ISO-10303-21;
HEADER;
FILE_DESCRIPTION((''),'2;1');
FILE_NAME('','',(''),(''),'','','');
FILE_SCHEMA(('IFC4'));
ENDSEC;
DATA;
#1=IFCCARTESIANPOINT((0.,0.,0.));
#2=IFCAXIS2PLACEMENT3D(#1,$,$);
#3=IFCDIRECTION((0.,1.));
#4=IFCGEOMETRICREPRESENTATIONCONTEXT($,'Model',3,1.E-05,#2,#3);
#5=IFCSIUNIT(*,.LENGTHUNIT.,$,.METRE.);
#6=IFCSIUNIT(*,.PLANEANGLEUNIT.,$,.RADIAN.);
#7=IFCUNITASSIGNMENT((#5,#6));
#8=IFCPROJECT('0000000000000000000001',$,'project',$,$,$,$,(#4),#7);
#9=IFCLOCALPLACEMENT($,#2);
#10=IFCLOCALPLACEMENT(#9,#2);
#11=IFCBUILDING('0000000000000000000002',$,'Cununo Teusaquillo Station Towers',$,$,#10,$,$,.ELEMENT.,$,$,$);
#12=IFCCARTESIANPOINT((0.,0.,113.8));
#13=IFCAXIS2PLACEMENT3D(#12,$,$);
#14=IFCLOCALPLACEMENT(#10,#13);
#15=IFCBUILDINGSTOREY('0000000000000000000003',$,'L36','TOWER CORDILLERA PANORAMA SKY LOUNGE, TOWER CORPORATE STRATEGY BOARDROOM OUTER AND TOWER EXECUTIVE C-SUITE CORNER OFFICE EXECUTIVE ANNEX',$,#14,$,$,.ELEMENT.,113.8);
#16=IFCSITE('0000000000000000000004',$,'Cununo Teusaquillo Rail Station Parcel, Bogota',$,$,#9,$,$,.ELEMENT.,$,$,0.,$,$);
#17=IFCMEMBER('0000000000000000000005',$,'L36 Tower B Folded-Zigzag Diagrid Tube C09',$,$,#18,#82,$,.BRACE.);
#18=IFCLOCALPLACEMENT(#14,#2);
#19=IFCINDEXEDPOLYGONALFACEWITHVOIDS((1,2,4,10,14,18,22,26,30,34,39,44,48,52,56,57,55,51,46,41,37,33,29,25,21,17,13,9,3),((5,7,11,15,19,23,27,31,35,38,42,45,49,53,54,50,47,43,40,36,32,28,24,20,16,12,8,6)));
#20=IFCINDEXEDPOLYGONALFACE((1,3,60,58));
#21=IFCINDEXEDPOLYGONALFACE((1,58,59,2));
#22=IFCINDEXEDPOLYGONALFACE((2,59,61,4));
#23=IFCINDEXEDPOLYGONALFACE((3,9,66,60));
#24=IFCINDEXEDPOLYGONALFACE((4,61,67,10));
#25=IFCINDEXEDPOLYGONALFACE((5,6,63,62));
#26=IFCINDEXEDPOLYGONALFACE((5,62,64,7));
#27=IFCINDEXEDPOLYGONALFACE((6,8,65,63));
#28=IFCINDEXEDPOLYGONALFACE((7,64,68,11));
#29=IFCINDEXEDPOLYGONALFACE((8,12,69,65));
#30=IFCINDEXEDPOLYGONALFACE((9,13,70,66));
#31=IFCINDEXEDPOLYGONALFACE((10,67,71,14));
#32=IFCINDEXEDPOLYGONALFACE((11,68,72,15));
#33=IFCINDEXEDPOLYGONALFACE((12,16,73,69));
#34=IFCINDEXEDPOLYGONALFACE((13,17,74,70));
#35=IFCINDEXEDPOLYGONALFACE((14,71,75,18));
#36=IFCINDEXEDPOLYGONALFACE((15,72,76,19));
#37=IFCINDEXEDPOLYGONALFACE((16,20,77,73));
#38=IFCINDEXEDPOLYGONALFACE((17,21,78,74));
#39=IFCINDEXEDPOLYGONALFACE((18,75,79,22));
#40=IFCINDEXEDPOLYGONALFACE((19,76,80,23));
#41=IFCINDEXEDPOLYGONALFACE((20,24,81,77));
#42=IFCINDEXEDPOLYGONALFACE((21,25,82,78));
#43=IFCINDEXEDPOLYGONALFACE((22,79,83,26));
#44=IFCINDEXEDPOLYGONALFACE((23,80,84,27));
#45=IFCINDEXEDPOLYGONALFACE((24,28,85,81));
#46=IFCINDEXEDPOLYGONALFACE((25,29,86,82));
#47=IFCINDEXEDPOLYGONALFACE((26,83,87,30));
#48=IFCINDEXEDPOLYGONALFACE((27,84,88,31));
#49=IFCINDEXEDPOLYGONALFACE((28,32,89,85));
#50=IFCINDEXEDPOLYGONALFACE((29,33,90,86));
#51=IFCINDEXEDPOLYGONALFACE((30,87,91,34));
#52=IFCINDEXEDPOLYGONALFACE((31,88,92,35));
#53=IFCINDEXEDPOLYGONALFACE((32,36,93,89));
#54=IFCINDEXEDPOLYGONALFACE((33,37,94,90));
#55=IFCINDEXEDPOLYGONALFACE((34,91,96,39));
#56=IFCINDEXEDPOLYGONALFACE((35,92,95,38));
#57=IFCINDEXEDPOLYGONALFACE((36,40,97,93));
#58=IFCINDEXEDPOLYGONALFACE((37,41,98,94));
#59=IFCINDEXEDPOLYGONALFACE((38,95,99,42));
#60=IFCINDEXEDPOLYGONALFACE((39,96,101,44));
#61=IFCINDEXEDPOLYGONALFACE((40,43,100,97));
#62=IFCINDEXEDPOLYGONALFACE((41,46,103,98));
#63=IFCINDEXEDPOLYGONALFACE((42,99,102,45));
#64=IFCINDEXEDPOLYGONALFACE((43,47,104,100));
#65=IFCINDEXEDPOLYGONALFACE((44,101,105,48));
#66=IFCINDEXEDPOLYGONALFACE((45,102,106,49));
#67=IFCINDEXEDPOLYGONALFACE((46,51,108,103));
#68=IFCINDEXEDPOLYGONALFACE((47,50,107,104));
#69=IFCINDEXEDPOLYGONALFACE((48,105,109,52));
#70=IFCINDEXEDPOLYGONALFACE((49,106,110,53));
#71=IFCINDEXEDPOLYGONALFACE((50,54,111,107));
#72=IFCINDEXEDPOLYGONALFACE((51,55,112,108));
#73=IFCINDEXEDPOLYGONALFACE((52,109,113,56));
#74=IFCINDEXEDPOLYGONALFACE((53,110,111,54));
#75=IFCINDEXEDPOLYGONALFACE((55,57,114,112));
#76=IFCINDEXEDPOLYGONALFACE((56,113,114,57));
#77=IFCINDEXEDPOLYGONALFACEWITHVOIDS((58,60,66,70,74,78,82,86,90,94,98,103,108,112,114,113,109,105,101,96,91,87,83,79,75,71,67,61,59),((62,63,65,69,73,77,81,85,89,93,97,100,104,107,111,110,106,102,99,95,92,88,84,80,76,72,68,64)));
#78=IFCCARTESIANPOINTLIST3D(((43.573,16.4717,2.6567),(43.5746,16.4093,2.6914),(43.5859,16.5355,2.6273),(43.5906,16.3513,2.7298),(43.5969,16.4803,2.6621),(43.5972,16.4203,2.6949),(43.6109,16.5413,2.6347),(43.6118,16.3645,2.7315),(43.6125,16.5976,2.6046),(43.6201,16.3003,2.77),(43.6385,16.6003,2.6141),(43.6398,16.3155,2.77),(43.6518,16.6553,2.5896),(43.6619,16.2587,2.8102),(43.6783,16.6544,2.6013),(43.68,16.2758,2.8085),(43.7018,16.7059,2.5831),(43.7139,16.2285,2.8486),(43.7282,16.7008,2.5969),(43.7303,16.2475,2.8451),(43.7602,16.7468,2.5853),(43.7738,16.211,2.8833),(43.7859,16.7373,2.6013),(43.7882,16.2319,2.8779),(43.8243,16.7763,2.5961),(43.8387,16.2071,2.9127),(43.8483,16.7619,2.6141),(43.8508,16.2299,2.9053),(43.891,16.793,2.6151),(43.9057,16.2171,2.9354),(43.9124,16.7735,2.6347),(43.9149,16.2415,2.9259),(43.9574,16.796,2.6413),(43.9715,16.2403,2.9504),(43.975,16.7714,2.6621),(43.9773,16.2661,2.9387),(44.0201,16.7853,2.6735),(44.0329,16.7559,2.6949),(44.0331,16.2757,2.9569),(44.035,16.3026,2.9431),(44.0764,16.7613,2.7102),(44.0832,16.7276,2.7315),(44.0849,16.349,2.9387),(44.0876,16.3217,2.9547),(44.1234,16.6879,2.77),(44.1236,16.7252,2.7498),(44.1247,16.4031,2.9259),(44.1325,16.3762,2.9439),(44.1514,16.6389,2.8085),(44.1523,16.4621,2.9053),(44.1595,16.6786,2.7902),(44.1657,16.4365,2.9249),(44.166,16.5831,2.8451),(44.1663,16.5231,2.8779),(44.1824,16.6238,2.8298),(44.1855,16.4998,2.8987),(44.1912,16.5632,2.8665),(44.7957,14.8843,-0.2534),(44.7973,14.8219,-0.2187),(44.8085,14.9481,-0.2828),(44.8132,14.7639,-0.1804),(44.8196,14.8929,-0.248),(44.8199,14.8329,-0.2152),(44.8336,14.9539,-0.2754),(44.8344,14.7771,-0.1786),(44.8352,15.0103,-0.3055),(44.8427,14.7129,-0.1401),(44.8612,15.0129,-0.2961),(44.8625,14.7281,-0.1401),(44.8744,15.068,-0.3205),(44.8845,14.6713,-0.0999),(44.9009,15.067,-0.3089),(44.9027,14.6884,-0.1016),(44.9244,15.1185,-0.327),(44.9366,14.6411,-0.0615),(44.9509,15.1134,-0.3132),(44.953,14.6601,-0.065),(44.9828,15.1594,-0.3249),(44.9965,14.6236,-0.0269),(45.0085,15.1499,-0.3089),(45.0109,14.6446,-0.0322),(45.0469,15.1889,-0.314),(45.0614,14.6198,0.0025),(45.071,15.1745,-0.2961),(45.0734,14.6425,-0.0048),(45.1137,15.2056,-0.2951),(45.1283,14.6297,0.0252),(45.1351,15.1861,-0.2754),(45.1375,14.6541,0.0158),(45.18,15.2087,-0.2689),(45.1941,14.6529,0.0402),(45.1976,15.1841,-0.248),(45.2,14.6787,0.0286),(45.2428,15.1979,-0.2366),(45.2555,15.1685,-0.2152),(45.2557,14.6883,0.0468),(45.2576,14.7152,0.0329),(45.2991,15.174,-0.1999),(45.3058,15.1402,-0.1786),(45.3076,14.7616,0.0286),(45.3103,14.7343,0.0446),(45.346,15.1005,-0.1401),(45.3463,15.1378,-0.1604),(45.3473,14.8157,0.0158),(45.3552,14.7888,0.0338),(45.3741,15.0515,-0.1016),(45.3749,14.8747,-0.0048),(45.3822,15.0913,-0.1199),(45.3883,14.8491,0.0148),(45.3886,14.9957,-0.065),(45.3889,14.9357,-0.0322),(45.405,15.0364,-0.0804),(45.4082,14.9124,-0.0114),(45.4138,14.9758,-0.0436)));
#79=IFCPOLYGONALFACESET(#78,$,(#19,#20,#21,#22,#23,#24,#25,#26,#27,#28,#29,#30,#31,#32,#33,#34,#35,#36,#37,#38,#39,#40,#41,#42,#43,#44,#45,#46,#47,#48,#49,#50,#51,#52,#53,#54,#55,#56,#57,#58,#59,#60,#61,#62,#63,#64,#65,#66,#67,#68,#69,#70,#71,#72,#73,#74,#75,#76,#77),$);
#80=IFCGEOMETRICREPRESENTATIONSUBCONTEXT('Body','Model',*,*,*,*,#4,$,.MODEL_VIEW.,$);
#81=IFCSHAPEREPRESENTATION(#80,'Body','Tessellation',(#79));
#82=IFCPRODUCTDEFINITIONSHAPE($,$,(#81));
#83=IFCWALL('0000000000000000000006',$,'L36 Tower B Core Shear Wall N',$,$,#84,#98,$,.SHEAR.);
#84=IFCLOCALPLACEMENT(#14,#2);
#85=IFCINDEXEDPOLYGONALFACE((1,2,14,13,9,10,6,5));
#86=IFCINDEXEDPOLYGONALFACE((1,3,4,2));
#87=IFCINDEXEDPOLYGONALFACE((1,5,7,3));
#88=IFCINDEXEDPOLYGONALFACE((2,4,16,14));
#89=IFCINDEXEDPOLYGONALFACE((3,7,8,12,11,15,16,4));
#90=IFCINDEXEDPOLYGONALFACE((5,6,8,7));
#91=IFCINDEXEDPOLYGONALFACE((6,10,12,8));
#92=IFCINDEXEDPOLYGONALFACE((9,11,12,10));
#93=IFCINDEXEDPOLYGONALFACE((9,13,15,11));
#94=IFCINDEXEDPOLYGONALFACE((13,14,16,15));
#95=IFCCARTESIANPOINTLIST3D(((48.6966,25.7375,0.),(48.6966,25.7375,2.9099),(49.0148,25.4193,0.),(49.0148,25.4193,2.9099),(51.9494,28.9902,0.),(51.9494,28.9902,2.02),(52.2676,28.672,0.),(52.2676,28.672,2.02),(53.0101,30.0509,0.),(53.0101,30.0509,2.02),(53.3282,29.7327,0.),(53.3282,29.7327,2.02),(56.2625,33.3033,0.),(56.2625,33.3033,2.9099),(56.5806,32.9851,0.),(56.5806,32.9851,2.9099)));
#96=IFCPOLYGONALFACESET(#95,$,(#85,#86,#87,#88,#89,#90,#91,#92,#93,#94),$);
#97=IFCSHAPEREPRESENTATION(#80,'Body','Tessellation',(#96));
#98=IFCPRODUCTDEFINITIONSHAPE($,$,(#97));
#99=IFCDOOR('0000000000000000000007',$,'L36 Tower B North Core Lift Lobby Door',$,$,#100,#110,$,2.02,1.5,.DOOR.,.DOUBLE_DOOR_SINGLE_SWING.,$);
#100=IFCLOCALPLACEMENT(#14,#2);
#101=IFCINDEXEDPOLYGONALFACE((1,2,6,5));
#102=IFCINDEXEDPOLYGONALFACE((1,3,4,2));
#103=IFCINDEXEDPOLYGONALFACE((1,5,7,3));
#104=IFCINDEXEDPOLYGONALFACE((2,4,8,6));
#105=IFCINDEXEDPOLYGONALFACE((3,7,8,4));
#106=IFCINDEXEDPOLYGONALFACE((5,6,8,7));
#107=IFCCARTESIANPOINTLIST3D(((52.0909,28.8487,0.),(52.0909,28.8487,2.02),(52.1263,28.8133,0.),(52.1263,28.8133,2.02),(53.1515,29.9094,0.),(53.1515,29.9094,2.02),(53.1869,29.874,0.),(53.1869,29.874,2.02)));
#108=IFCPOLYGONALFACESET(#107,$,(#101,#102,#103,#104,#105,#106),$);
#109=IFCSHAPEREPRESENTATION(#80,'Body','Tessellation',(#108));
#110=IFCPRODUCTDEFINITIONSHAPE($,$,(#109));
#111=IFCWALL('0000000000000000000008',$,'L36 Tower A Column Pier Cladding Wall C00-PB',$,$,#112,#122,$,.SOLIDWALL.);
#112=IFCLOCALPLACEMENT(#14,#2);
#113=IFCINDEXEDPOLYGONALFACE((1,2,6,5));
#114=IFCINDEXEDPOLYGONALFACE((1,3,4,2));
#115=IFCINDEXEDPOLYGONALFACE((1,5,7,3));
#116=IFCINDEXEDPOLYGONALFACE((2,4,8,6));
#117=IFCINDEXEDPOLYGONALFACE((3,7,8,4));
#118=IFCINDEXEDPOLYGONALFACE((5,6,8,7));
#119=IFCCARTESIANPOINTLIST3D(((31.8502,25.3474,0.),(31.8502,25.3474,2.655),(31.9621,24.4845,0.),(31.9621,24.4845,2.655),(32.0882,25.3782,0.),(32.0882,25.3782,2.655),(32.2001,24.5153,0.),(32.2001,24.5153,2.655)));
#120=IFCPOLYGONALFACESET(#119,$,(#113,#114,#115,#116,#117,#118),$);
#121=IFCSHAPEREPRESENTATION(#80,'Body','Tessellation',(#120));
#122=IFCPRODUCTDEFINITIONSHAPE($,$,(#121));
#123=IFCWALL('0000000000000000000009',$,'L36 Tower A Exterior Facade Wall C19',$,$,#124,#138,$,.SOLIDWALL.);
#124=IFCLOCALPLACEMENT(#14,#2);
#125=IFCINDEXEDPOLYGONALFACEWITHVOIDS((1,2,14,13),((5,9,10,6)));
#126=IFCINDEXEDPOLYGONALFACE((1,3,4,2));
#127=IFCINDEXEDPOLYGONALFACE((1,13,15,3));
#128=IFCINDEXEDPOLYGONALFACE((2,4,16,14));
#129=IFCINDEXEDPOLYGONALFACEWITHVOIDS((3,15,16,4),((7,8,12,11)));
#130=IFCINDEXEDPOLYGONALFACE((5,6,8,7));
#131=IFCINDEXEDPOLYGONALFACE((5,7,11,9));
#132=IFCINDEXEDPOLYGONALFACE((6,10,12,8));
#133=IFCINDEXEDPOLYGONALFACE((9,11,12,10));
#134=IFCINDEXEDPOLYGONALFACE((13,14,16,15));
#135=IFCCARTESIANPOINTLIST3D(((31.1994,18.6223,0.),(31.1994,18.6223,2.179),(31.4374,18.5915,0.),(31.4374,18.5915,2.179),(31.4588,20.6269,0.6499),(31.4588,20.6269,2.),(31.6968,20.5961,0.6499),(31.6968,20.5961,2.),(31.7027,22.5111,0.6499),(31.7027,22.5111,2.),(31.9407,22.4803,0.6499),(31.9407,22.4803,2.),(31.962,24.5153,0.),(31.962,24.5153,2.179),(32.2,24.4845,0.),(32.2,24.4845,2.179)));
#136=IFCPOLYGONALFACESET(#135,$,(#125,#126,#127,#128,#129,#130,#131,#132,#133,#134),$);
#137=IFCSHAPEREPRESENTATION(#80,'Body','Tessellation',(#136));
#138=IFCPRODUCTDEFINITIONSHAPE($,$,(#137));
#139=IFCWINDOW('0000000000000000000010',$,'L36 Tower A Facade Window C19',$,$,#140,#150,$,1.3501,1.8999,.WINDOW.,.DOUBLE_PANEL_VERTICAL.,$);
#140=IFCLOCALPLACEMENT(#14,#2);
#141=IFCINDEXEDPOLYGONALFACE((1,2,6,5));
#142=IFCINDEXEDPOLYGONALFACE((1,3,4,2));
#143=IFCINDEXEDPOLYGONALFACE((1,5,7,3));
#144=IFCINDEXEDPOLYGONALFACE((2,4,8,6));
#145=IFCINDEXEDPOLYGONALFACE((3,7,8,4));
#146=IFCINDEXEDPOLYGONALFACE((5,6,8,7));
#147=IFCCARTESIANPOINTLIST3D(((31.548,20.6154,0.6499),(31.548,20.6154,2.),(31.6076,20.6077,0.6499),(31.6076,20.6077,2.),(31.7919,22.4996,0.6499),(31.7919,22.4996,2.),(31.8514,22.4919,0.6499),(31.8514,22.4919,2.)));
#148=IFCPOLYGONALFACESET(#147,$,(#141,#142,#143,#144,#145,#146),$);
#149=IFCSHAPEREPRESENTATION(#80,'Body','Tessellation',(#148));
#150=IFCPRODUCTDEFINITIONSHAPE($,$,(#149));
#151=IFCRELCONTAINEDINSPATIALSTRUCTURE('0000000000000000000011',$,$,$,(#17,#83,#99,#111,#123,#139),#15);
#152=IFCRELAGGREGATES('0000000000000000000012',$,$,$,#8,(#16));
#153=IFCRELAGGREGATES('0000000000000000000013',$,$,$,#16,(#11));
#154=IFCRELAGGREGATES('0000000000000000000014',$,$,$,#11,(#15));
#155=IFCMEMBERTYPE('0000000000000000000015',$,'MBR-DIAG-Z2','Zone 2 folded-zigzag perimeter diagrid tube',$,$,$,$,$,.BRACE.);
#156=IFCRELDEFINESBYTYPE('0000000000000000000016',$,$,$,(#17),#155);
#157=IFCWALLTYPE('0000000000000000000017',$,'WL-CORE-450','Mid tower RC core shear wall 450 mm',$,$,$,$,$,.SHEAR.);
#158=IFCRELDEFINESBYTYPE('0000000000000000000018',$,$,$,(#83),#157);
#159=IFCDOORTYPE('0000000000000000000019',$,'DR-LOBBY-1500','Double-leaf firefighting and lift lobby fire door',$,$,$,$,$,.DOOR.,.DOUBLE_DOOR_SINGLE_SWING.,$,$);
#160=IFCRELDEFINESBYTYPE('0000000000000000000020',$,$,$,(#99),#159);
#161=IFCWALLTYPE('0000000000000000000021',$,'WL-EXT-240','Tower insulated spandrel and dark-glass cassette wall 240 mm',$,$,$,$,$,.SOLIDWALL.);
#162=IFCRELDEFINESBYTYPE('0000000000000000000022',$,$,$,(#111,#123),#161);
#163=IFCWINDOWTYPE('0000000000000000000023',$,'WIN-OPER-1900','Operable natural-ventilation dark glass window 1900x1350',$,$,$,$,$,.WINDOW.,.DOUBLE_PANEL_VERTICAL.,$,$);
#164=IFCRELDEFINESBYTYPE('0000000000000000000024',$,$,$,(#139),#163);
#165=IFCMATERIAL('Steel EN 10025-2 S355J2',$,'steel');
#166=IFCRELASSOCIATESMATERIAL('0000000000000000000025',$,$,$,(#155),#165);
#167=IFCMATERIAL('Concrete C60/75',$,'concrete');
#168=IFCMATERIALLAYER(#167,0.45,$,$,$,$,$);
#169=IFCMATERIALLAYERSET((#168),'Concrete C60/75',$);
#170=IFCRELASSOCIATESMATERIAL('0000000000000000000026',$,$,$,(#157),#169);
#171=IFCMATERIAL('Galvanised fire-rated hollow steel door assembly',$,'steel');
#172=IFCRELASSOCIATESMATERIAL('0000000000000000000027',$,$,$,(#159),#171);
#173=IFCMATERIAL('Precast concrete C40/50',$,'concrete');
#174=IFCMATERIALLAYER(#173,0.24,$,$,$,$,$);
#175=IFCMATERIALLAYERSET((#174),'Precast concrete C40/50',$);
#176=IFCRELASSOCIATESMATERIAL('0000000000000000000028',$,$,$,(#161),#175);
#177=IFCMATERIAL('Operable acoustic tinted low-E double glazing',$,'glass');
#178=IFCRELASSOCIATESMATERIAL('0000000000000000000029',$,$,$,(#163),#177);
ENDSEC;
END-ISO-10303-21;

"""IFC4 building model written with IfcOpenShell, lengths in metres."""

from ifc_helpers import new_model, si_unit, direction, frame, frame_2d, origin, origin_2d, place, context, subcontext, project, spatial, rectangle, hollow_circle, extrude, source, transform, mapped, material, layer, layer_set, material_profile, profile_set, type_object, element, fill, save


model = new_model("IFC4")

# Units and contexts
model_context = context("Model", 3, precision=1e-05, world=origin(), true_north=direction((0.0, 1.0)))
body_context = subcontext(model_context, "Body", "Model", "MODEL_VIEW")
ifc_project = project(units=[si_unit("LENGTHUNIT", "METRE"), si_unit("PLANEANGLEUNIT", "RADIAN")], contexts=[model_context])

# Site, building, storey
site_placement = place(None, origin())
site = spatial("IfcSite", under=ifc_project, at=site_placement, Name="Cununo Teusaquillo Rail Station Parcel, Bogota", CompositionType="ELEMENT", RefElevation=0.0)
building_placement = place(site_placement, origin())
building = spatial("IfcBuilding", under=site, at=building_placement, Name="Cununo Teusaquillo Station Towers", CompositionType="ELEMENT")
storey_placement = place(building_placement, frame((0.0, 0.0, 113.8)))
storey = spatial("IfcBuildingStorey", under=building, at=storey_placement, Name="L36", Description="TOWER CORDILLERA PANORAMA SKY LOUNGE, TOWER CORPORATE STRATEGY BOARDROOM OUTER AND TOWER EXECUTIVE C-SUITE CORNER OFFICE EXECUTIVE ANNEX", CompositionType="ELEMENT", Elevation=113.8)

# Member
ifc_material_1 = material(Name="Steel EN 10025-2 S355J2", Category="steel")
ifc_material_profile_1 = material_profile(ifc_material_1, hollow_circle(Radius=0.3301, WallThickness=0.0249, at=origin_2d()), Name="CHS 660x25")
ifc_profile_set_1 = profile_set([ifc_material_profile_1], Name="Steel EN 10025-2 S355J2")
member_type_1 = type_object("IfcMemberType", Name="MBR-DIAG-Z2", Description="Zone 2 folded-zigzag perimeter diagrid tube", PredefinedType="BRACE", material=ifc_profile_set_1)
member_1_placement = place(storey_placement, frame((45.1042, 14.9143, -0.1401), z_axis=(-0.346044, 0.449277, 0.823652), x_axis=(-0.792243, -0.610205, 0.0)))
element("IfcMember", 1, at=member_1_placement, inside=storey, type_object=member_type_1, Name="L36 Tower B Folded-Zigzag Diagrid Tube C09", PredefinedType="BRACE", context=body_context, shape_type="SweptSolid", body=[
    extrude(hollow_circle(Radius=0.3301, WallThickness=0.0249, at=origin_2d()), origin(), (0.0, 0.0, 1.0), 3.5332),
])

# Wall, opening, door
ifc_material_2 = material(Name="Concrete C60/75", Category="concrete")
ifc_layer_1 = layer(ifc_material_2, 0.45)
ifc_layer_set_1 = layer_set([ifc_layer_1], Name="Concrete C60/75")
wall_type_1 = type_object("IfcWallType", Name="WL-CORE-450", Description="Mid tower RC core shear wall 450 mm", PredefinedType="SHEAR", material=ifc_layer_set_1)
wall_1_placement = place(storey_placement, frame((48.8557, 25.5784, 0.0), z_axis=(0.0, 0.0, 1.0), x_axis=(0.707107, 0.707107, 0.0)))
wall_1 = element("IfcWall", 2, at=wall_1_placement, inside=storey, type_object=wall_type_1, Name="L36 Tower B Core Shear Wall N", PredefinedType="SHEAR", context=body_context, shape_type="SweptSolid", body=[
    extrude(rectangle(XDim=10.6997, YDim=0.45, at=frame_2d((5.3499, 0.0))), origin(), (0.0, 0.0, 1.0), 2.9099),
])
shared_shape_1 = source(origin(), body_context, "Body", "SweptSolid", [
    extrude(rectangle(XDim=1.5, YDim=2.02, at=frame_2d((0.75, 1.01))), frame((0.0, 0.2349, 0.0), z_axis=(0.0, -1.0, 0.0), x_axis=(1.0, 0.0, 0.0)), (0.0, 0.0, 1.0), 0.47),
])
opening_1_placement = place(wall_1_placement, frame((4.6001, 0.0, 0.0)))
opening_1 = element("IfcOpeningElement", 3, at=opening_1_placement, cuts=wall_1, PredefinedType="OPENING", context=body_context, shape_type="MappedRepresentation", body=[
    mapped(shared_shape_1, transform((0.0, 0.0, 0.0), x_axis=(1.0, 0.0, 0.0), y_axis=(0.0, 1.0, 0.0), z_axis=(0.0, 0.0, 1.0), scale=1.0)),
])
ifc_material_3 = material(Name="Galvanised fire-rated hollow steel door assembly", Category="steel")
door_type_1 = type_object("IfcDoorType", Name="DR-LOBBY-1500", Description="Double-leaf firefighting and lift lobby fire door", OperationType="DOUBLE_DOOR_SINGLE_SWING", PredefinedType="DOOR", material=ifc_material_3)
shared_shape_2 = source(origin(), body_context, "Body", "SweptSolid", [
    extrude(rectangle(XDim=1.5, YDim=2.02, at=frame_2d((0.75, 1.01))), frame((0.0, 0.0249, 0.0), z_axis=(0.0, -1.0, 0.0), x_axis=(1.0, 0.0, 0.0)), (0.0, 0.0, 1.0), 0.05),
])
door_1_placement = place(opening_1_placement, origin())
door_1 = element("IfcDoor", 4, at=door_1_placement, inside=storey, type_object=door_type_1, Name="L36 Tower B North Core Lift Lobby Door", OperationType="DOUBLE_DOOR_SINGLE_SWING", OverallHeight=2.02, OverallWidth=1.5, PredefinedType="DOOR", context=body_context, shape_type="MappedRepresentation", body=[
    mapped(shared_shape_2, transform((0.0, 0.0, 0.0), x_axis=(1.0, 0.0, 0.0), y_axis=(0.0, 1.0, 0.0), z_axis=(0.0, 0.0, 1.0), scale=1.0)),
])
fill(opening_1, door_1)

# Wall
ifc_material_4 = material(Name="Precast concrete C40/50", Category="concrete")
ifc_layer_2 = layer(ifc_material_4, 0.24)
ifc_layer_set_2 = layer_set([ifc_layer_2], Name="Precast concrete C40/50")
wall_type_2 = type_object("IfcWallType", Name="WL-EXT-240", Description="Tower insulated spandrel and dark-glass cassette wall 240 mm", PredefinedType="SOLIDWALL", material=ifc_layer_set_2)
wall_2_placement = place(storey_placement, frame((31.9692, 25.3628, 0.0), z_axis=(0.0, 0.0, 1.0), x_axis=(0.128523, -0.991706, 0.0)))
element("IfcWall", 5, at=wall_2_placement, inside=storey, type_object=wall_type_2, Name="L36 Tower A Column Pier Cladding Wall C00-PB", PredefinedType="SOLIDWALL", context=body_context, shape_type="SweptSolid", body=[
    extrude(rectangle(XDim=0.8701, YDim=0.24, at=frame_2d((0.4351, 0.0))), origin(), (0.0, 0.0, 1.0), 2.655),
])

# Wall, opening, window
wall_3_placement = place(storey_placement, frame((32.0811, 24.5, 0.0), z_axis=(0.0, 0.0, 1.0), x_axis=(-0.128352, -0.991729, 0.0)))
wall_3 = element("IfcWall", 6, at=wall_3_placement, inside=storey, type_object=wall_type_2, Name="L36 Tower A Exterior Facade Wall C19", PredefinedType="SOLIDWALL", context=body_context, shape_type="SweptSolid", body=[
    extrude(rectangle(XDim=5.9421, YDim=0.24, at=frame_2d((2.9712, 0.0))), origin(), (0.0, 0.0, 1.0), 2.179),
])
shared_shape_3 = source(origin(), body_context, "Body", "SweptSolid", [
    extrude(rectangle(XDim=1.8999, YDim=1.3501, at=frame_2d((0.95, 0.675))), frame((0.0, 0.1299, 0.0), z_axis=(0.0, -1.0, 0.0), x_axis=(1.0, 0.0, 0.0)), (0.0, 0.0, 1.0), 0.26),
])
opening_2_placement = place(wall_3_placement, frame((2.021, 0.0, 0.6499)))
opening_2 = element("IfcOpeningElement", 7, at=opening_2_placement, cuts=wall_3, PredefinedType="OPENING", context=body_context, shape_type="MappedRepresentation", body=[
    mapped(shared_shape_3, transform((0.0, 0.0, 0.0), x_axis=(1.0, 0.0, 0.0), y_axis=(0.0, 1.0, 0.0), z_axis=(0.0, 0.0, 1.0), scale=1.0)),
])
ifc_material_5 = material(Name="Operable acoustic tinted low-E double glazing", Category="glass")
window_type = type_object("IfcWindowType", Name="WIN-OPER-1900", Description="Operable natural-ventilation dark glass window 1900x1350", PartitioningType="DOUBLE_PANEL_VERTICAL", PredefinedType="WINDOW", material=ifc_material_5)
shared_shape_4 = source(origin(), body_context, "Body", "SweptSolid", [
    extrude(rectangle(XDim=1.8999, YDim=1.3501, at=frame_2d((0.95, 0.675))), frame((0.0, 0.03, 0.0), z_axis=(0.0, -1.0, 0.0), x_axis=(1.0, 0.0, 0.0)), (0.0, 0.0, 1.0), 0.0601),
])
window_1_placement = place(opening_2_placement, origin())
window_1 = element("IfcWindow", 8, at=window_1_placement, inside=storey, type_object=window_type, Name="L36 Tower A Facade Window C19", OverallHeight=1.3501, OverallWidth=1.8999, PartitioningType="DOUBLE_PANEL_VERTICAL", PredefinedType="WINDOW", context=body_context, shape_type="MappedRepresentation", body=[
    mapped(shared_shape_4, transform((0.0, 0.0, 0.0), x_axis=(1.0, 0.0, 0.0), y_axis=(0.0, 1.0, 0.0), z_axis=(0.0, 0.0, 1.0), scale=1.0)),
])
fill(opening_2, window_1)

save(model, "model.ifc")
